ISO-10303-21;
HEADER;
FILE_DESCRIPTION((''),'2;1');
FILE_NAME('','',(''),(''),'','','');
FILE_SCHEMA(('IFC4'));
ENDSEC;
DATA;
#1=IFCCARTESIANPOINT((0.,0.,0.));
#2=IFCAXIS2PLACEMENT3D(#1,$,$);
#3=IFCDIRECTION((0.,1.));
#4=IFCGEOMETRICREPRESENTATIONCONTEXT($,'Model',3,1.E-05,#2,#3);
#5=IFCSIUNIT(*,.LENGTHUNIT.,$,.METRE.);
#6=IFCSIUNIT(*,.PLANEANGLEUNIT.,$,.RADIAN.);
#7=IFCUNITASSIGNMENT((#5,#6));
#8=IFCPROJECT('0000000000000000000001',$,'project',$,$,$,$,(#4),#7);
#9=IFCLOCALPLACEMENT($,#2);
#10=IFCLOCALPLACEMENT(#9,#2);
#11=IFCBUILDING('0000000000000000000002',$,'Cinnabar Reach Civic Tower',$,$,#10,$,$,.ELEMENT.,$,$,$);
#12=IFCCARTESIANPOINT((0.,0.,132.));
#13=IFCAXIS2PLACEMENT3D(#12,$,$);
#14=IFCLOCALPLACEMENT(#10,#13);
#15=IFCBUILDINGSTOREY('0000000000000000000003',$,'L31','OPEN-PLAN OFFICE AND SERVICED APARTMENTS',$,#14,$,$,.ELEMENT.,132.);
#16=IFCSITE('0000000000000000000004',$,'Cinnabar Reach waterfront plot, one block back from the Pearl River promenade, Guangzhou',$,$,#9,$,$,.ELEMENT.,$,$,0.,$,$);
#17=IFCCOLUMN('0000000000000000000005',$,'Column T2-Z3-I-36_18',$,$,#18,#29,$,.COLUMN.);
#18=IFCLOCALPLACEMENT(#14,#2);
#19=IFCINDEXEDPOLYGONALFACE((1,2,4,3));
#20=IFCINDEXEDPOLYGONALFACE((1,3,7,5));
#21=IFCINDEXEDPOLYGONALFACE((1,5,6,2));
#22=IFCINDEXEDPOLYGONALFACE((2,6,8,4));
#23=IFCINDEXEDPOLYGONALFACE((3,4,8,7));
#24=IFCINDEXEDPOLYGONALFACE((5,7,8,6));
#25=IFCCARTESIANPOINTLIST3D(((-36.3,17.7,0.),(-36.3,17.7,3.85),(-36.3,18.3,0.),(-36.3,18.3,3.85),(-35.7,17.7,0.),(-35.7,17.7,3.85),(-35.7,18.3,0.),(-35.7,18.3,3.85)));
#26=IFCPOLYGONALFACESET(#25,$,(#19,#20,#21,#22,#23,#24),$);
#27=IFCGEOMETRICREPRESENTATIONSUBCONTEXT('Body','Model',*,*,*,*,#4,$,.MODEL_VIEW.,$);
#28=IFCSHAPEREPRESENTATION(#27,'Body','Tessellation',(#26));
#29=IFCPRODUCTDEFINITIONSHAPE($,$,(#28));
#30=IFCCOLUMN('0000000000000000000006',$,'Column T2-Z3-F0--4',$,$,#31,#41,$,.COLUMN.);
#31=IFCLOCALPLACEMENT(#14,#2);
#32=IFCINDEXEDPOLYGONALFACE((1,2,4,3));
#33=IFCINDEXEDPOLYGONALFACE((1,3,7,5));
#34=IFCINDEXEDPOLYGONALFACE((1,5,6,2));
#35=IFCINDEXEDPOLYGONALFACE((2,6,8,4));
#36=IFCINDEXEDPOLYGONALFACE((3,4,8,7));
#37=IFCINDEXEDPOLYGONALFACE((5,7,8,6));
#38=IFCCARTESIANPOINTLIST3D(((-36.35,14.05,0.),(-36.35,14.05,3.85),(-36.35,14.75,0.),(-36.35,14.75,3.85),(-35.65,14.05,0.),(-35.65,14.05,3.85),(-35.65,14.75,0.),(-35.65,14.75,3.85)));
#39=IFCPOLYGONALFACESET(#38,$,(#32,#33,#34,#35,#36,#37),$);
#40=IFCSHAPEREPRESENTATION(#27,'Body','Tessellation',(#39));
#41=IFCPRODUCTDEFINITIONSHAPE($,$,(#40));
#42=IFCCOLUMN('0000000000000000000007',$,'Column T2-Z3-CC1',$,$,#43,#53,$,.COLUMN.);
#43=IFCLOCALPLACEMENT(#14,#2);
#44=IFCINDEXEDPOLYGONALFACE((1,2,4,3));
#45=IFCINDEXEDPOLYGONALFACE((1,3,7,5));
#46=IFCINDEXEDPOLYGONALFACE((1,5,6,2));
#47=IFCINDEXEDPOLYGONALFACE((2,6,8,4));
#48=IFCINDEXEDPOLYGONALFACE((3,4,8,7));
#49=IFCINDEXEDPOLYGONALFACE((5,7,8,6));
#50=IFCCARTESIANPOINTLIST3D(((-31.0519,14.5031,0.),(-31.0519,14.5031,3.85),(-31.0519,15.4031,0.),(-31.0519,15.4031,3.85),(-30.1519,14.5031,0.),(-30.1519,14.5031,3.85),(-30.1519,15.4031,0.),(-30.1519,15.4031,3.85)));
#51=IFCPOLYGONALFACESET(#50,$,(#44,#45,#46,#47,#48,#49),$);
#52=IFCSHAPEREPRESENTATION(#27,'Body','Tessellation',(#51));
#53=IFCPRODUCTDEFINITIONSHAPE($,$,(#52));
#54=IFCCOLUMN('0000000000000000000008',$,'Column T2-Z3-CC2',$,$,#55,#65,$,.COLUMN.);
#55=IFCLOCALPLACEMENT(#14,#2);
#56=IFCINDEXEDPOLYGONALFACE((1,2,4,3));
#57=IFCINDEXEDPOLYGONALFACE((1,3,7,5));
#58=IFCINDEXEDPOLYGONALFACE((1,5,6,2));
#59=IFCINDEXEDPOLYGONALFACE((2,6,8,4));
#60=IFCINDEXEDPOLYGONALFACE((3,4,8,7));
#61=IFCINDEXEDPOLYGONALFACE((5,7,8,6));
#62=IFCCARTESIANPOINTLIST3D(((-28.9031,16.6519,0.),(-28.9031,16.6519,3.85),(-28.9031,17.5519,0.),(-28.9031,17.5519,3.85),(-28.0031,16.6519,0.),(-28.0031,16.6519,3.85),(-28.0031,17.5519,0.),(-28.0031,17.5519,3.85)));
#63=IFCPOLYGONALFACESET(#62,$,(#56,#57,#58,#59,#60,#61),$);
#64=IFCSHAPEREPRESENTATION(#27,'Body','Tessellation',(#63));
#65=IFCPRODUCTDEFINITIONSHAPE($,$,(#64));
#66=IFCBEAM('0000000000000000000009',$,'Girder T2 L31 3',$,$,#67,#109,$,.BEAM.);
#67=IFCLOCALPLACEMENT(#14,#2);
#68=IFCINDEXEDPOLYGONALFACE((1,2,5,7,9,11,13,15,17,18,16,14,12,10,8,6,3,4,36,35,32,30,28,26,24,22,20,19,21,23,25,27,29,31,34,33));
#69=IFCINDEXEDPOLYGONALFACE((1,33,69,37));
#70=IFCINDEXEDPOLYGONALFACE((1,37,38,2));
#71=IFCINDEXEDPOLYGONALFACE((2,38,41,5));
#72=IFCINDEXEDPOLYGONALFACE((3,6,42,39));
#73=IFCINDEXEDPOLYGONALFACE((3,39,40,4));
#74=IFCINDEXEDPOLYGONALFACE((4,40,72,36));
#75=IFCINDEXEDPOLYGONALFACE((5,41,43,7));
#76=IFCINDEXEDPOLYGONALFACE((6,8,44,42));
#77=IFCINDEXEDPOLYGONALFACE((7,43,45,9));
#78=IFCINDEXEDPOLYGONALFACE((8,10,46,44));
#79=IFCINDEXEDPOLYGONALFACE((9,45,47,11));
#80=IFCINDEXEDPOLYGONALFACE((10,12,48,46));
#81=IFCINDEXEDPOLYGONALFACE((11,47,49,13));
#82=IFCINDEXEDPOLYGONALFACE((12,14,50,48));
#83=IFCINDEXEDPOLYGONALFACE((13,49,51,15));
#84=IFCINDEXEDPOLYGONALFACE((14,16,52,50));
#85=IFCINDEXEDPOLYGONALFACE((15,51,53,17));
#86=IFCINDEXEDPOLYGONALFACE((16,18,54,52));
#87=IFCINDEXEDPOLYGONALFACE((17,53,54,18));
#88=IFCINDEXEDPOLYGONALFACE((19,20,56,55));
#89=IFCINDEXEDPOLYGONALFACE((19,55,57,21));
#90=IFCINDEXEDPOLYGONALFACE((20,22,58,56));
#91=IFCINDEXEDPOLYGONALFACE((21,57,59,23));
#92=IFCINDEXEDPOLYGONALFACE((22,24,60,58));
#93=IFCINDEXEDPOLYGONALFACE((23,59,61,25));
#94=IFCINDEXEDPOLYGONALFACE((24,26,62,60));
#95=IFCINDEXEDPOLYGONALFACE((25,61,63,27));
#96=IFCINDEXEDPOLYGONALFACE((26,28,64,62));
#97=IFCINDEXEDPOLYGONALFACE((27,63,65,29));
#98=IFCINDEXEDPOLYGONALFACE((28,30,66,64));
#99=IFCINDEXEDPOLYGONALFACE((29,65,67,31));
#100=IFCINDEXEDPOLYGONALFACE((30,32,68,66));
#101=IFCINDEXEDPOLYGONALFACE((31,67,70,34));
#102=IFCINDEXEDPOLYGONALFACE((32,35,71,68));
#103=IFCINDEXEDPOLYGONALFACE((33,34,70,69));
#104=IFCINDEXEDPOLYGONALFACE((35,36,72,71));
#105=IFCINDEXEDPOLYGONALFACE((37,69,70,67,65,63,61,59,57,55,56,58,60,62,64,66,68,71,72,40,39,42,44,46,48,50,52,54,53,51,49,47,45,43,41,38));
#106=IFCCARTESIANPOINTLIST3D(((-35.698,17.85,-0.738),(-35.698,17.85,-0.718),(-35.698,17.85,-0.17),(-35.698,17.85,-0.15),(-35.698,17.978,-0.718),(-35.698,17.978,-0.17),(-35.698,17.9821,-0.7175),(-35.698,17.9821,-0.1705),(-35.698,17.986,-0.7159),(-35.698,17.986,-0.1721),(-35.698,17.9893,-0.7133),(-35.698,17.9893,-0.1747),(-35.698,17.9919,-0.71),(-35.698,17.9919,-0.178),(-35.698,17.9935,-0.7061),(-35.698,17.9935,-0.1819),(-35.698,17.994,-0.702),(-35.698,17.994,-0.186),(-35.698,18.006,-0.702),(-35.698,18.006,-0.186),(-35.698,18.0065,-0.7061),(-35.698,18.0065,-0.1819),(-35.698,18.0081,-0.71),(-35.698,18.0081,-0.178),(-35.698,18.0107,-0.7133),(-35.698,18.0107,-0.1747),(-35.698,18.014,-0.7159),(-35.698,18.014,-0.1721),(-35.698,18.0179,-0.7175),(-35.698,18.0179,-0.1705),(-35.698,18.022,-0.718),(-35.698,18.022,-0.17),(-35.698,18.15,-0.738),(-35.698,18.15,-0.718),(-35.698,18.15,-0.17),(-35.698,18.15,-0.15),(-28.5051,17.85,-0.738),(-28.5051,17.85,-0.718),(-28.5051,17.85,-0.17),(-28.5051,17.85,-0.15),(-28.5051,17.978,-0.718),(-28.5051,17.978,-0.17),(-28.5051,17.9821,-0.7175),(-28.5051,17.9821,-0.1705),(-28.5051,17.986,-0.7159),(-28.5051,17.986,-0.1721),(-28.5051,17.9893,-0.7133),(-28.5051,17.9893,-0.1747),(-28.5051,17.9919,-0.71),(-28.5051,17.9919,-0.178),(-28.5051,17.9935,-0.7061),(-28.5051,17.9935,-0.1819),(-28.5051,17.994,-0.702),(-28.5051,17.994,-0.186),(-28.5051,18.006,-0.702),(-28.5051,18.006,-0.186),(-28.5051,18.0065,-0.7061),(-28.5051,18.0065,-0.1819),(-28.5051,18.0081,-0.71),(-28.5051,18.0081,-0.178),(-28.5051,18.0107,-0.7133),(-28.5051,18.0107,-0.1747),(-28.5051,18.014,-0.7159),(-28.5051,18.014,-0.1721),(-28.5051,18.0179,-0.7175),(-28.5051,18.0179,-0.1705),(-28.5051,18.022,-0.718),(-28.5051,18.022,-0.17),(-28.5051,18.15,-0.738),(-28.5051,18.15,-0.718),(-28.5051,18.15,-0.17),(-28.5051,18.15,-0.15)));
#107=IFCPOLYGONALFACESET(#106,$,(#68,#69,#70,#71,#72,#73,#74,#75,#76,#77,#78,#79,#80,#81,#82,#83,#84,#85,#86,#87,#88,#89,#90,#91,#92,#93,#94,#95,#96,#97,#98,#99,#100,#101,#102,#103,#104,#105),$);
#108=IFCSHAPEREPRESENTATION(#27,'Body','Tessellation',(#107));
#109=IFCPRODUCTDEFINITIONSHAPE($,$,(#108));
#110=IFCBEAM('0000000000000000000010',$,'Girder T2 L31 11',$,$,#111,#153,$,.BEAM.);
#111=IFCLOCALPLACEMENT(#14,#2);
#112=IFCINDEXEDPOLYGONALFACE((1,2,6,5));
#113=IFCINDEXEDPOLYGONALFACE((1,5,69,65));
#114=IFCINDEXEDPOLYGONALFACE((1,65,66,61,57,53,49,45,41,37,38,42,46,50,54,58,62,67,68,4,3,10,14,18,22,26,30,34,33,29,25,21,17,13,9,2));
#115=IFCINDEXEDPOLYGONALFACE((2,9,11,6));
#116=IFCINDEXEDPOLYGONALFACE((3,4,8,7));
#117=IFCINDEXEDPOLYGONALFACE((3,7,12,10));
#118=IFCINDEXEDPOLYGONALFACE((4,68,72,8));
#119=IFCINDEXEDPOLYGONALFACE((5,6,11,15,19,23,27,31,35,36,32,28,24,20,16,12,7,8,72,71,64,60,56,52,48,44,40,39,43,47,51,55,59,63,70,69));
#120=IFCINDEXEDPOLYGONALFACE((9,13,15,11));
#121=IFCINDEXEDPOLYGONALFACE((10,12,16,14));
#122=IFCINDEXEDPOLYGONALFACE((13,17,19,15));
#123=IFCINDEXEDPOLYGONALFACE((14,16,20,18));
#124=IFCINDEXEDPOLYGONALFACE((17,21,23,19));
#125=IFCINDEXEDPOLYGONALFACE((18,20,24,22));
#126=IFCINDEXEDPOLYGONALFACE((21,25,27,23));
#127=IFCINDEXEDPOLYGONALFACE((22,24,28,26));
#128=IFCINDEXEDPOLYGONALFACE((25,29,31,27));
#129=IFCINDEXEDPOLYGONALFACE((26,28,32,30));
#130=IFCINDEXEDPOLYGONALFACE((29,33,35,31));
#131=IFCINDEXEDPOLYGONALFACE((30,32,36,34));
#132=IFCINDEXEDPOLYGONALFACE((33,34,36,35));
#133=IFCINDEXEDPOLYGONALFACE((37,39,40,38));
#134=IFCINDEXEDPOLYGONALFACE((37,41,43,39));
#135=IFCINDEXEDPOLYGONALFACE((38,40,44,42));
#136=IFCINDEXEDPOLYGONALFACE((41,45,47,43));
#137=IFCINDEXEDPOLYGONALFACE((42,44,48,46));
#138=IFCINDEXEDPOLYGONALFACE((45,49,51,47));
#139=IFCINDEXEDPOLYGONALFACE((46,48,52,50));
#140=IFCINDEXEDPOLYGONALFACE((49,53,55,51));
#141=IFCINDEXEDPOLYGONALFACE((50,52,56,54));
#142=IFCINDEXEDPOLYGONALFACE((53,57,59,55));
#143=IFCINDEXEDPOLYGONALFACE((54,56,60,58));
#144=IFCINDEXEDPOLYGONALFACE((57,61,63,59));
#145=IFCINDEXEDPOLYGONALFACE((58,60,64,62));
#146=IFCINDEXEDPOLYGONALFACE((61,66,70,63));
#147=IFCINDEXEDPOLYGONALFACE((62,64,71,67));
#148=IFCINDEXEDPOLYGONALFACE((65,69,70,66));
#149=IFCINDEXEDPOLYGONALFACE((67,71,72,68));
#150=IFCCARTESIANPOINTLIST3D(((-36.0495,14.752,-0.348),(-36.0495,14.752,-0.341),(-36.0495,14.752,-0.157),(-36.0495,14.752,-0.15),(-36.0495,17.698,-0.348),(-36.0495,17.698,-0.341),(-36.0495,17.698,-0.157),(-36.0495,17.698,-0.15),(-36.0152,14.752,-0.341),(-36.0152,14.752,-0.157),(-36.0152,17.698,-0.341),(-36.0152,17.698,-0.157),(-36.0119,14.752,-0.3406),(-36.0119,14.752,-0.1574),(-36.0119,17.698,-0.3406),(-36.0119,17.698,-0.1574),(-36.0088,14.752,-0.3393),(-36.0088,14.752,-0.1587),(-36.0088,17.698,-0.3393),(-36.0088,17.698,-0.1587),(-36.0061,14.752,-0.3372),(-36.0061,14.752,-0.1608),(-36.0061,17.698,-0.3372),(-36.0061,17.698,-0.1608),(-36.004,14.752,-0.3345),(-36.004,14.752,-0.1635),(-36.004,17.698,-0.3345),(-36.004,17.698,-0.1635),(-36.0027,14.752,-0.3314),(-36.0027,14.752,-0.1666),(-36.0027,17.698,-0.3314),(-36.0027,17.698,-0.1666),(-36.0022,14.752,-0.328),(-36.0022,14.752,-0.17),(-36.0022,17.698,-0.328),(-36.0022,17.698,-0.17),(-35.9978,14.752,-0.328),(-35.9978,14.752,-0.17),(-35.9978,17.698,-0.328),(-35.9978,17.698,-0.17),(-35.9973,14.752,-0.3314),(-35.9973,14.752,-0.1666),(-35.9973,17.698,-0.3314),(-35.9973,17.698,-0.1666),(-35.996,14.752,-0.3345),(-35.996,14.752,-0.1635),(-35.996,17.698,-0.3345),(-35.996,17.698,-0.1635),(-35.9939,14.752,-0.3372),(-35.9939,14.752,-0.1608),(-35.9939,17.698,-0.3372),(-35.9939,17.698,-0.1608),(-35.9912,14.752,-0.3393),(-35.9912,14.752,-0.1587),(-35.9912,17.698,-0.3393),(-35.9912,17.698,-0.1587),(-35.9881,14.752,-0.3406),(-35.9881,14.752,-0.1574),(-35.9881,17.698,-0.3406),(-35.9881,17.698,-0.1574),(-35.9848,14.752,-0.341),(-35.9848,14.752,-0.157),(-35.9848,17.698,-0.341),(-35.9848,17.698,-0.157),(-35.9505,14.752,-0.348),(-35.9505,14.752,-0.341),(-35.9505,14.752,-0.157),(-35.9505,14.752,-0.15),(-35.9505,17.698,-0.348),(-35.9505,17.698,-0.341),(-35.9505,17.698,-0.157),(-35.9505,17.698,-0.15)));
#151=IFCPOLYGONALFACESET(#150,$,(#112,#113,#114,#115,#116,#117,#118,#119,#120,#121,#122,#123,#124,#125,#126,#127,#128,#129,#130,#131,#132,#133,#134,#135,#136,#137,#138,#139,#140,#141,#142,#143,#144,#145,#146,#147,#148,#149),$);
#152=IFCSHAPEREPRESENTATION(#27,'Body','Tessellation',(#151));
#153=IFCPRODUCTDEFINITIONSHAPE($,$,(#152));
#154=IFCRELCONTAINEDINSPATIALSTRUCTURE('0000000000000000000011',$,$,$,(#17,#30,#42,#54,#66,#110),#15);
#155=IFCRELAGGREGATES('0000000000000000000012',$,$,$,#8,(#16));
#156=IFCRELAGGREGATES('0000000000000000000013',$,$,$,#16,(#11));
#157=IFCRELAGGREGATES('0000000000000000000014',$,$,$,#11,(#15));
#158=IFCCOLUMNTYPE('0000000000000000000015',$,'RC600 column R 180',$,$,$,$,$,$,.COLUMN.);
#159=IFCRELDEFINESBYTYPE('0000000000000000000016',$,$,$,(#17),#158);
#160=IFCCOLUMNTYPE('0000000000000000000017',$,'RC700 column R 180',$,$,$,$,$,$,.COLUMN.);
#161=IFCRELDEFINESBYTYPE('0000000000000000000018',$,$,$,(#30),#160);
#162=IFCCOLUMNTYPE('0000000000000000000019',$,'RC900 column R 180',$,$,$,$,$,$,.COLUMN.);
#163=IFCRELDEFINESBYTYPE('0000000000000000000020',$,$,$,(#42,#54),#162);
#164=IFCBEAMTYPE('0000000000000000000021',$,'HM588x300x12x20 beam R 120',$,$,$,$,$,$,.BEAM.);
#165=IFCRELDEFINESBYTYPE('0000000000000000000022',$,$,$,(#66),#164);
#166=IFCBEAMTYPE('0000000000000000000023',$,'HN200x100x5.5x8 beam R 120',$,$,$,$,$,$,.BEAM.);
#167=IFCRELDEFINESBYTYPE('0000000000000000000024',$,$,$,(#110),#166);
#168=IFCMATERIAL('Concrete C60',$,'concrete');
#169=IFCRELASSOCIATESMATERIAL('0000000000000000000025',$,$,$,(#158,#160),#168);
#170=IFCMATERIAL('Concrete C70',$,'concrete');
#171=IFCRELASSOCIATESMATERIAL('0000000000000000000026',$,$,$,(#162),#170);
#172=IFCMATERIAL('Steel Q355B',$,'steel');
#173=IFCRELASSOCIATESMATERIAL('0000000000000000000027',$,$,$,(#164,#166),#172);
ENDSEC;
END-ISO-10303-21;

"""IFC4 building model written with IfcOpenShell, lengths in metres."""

from ifc_helpers import new_model, si_unit, direction, frame, origin, origin_2d, place, context, subcontext, project, spatial, rectangle, i_section, extrude, material, material_profile, profile_set, type_object, element, save


model = new_model("IFC4")

# Units and contexts
model_context = context("Model", 3, precision=1e-05, world=origin(), true_north=direction((0.0, 1.0)))
body_context = subcontext(model_context, "Body", "Model", "MODEL_VIEW")
ifc_project = project(units=[si_unit("LENGTHUNIT", "METRE"), si_unit("PLANEANGLEUNIT", "RADIAN")], contexts=[model_context])

# Site, building, storey
site_placement = place(None, origin())
site = spatial("IfcSite", under=ifc_project, at=site_placement, Name="Cinnabar Reach waterfront plot, one block back from the Pearl River promenade, Guangzhou", CompositionType="ELEMENT", RefElevation=0.0)
building_placement = place(site_placement, origin())
building = spatial("IfcBuilding", under=site, at=building_placement, Name="Cinnabar Reach Civic Tower", CompositionType="ELEMENT")
storey_placement = place(building_placement, frame((0.0, 0.0, 132.0)))
storey = spatial("IfcBuildingStorey", under=building, at=storey_placement, Name="L31", Description="OPEN-PLAN OFFICE AND SERVICED APARTMENTS", CompositionType="ELEMENT", Elevation=132.0)

# Columns
ifc_material_1 = material(Name="Concrete C60", Category="concrete")
ifc_material_profile_1 = material_profile(ifc_material_1, rectangle(XDim=0.6, YDim=0.6, at=origin_2d()), Name="RC600")
ifc_profile_set_1 = profile_set([ifc_material_profile_1], Name="Concrete C60")
column_type_1 = type_object("IfcColumnType", Name="RC600 column R 180", PredefinedType="COLUMN", material=ifc_profile_set_1)
column_1_placement = place(storey_placement, frame((-36.0, 18.0, 0.0), z_axis=(0.0, 0.0, 1.0), x_axis=(1.0, 0.0, 0.0)))
element("IfcColumn", 1, at=column_1_placement, inside=storey, type_object=column_type_1, Name="Column T2-Z3-I-36_18", PredefinedType="COLUMN", context=body_context, shape_type="SweptSolid", body=[
    extrude(rectangle(XDim=0.6, YDim=0.6, at=origin_2d()), origin(), (0.0, 0.0, 1.0), 3.85),
])
ifc_material_profile_2 = material_profile(ifc_material_1, rectangle(XDim=0.7, YDim=0.7, at=origin_2d()), Name="RC700")
ifc_profile_set_2 = profile_set([ifc_material_profile_2], Name="Concrete C60")
column_type_2 = type_object("IfcColumnType", Name="RC700 column R 180", PredefinedType="COLUMN", material=ifc_profile_set_2)
column_2_placement = place(storey_placement, frame((-36.0, 14.4, 0.0), z_axis=(0.0, 0.0, 1.0), x_axis=(1.0, 0.0, 0.0)))
element("IfcColumn", 2, at=column_2_placement, inside=storey, type_object=column_type_2, Name="Column T2-Z3-F0--4", PredefinedType="COLUMN", context=body_context, shape_type="SweptSolid", body=[
    extrude(rectangle(XDim=0.7, YDim=0.7, at=origin_2d()), origin(), (0.0, 0.0, 1.0), 3.85),
])
ifc_material_2 = material(Name="Concrete C70", Category="concrete")
ifc_material_profile_3 = material_profile(ifc_material_2, rectangle(XDim=0.9, YDim=0.9, at=origin_2d()), Name="RC900")
ifc_profile_set_3 = profile_set([ifc_material_profile_3], Name="Concrete C70")
column_type_3 = type_object("IfcColumnType", Name="RC900 column R 180", PredefinedType="COLUMN", material=ifc_profile_set_3)
for number, where, z_axis, x_axis, name in (
    (3, (-30.6019, 14.9531, 0.0), (0.0, 0.0, 1.0), (1.0, 0.0, 0.0), "Column T2-Z3-CC1"),
    (4, (-28.4531, 17.1019, 0.0), (0.0, 0.0, 1.0), (1.0, 0.0, 0.0), "Column T2-Z3-CC2"),
):
    element("IfcColumn", number, at=place(storey_placement, frame(where, z_axis=z_axis, x_axis=x_axis)), inside=storey, type_object=column_type_3, Name=name, PredefinedType="COLUMN", context=body_context, shape_type="SweptSolid", body=[
        extrude(rectangle(XDim=0.9, YDim=0.9, at=origin_2d()), origin(), (0.0, 0.0, 1.0), 3.85),
    ])

# Beams
ifc_material_3 = material(Name="Steel Q355B", Category="steel")
ifc_material_profile_4 = material_profile(ifc_material_3, i_section(OverallWidth=0.3, OverallDepth=0.588, WebThickness=0.012, FlangeThickness=0.02, FilletRadius=0.016, at=origin_2d()), Name="HM588x300x12x20")
ifc_profile_set_4 = profile_set([ifc_material_profile_4], Name="Steel Q355B")
beam_type_1 = type_object("IfcBeamType", Name="HM588x300x12x20 beam R 120", PredefinedType="BEAM", material=ifc_profile_set_4)
beam_1_placement = place(storey_placement, frame((-35.698, 18.0, -0.444), z_axis=(1.0, 0.0, 0.0), x_axis=(0.0, 1.0, 0.0)))
element("IfcBeam", 5, at=beam_1_placement, inside=storey, type_object=beam_type_1, Name="Girder T2 L31 3", PredefinedType="BEAM", context=body_context, shape_type="SweptSolid", body=[
    extrude(i_section(OverallWidth=0.3, OverallDepth=0.588, WebThickness=0.012, FlangeThickness=0.02, FilletRadius=0.016, at=origin_2d()), origin(), (0.0, 0.0, 1.0), 7.1929),
])
ifc_material_profile_5 = material_profile(ifc_material_3, i_section(OverallWidth=0.099, OverallDepth=0.198, WebThickness=0.0045, FlangeThickness=0.007, FilletRadius=0.013, at=origin_2d()), Name="HN200x100x5.5x8")
ifc_profile_set_5 = profile_set([ifc_material_profile_5], Name="Steel Q355B")
beam_type_2 = type_object("IfcBeamType", Name="HN200x100x5.5x8 beam R 120", PredefinedType="BEAM", material=ifc_profile_set_5)
beam_2_placement = place(storey_placement, frame((-36.0, 14.752, -0.249), z_axis=(0.0, 1.0, 0.0), x_axis=(-1.0, 0.0, 0.0)))
element("IfcBeam", 6, at=beam_2_placement, inside=storey, type_object=beam_type_2, Name="Girder T2 L31 11", PredefinedType="BEAM", context=body_context, shape_type="SweptSolid", body=[
    extrude(i_section(OverallWidth=0.099, OverallDepth=0.198, WebThickness=0.0045, FlangeThickness=0.007, FilletRadius=0.013, at=origin_2d()), origin(), (0.0, 0.0, 1.0), 2.946),
])

save(model, "model.ifc")
